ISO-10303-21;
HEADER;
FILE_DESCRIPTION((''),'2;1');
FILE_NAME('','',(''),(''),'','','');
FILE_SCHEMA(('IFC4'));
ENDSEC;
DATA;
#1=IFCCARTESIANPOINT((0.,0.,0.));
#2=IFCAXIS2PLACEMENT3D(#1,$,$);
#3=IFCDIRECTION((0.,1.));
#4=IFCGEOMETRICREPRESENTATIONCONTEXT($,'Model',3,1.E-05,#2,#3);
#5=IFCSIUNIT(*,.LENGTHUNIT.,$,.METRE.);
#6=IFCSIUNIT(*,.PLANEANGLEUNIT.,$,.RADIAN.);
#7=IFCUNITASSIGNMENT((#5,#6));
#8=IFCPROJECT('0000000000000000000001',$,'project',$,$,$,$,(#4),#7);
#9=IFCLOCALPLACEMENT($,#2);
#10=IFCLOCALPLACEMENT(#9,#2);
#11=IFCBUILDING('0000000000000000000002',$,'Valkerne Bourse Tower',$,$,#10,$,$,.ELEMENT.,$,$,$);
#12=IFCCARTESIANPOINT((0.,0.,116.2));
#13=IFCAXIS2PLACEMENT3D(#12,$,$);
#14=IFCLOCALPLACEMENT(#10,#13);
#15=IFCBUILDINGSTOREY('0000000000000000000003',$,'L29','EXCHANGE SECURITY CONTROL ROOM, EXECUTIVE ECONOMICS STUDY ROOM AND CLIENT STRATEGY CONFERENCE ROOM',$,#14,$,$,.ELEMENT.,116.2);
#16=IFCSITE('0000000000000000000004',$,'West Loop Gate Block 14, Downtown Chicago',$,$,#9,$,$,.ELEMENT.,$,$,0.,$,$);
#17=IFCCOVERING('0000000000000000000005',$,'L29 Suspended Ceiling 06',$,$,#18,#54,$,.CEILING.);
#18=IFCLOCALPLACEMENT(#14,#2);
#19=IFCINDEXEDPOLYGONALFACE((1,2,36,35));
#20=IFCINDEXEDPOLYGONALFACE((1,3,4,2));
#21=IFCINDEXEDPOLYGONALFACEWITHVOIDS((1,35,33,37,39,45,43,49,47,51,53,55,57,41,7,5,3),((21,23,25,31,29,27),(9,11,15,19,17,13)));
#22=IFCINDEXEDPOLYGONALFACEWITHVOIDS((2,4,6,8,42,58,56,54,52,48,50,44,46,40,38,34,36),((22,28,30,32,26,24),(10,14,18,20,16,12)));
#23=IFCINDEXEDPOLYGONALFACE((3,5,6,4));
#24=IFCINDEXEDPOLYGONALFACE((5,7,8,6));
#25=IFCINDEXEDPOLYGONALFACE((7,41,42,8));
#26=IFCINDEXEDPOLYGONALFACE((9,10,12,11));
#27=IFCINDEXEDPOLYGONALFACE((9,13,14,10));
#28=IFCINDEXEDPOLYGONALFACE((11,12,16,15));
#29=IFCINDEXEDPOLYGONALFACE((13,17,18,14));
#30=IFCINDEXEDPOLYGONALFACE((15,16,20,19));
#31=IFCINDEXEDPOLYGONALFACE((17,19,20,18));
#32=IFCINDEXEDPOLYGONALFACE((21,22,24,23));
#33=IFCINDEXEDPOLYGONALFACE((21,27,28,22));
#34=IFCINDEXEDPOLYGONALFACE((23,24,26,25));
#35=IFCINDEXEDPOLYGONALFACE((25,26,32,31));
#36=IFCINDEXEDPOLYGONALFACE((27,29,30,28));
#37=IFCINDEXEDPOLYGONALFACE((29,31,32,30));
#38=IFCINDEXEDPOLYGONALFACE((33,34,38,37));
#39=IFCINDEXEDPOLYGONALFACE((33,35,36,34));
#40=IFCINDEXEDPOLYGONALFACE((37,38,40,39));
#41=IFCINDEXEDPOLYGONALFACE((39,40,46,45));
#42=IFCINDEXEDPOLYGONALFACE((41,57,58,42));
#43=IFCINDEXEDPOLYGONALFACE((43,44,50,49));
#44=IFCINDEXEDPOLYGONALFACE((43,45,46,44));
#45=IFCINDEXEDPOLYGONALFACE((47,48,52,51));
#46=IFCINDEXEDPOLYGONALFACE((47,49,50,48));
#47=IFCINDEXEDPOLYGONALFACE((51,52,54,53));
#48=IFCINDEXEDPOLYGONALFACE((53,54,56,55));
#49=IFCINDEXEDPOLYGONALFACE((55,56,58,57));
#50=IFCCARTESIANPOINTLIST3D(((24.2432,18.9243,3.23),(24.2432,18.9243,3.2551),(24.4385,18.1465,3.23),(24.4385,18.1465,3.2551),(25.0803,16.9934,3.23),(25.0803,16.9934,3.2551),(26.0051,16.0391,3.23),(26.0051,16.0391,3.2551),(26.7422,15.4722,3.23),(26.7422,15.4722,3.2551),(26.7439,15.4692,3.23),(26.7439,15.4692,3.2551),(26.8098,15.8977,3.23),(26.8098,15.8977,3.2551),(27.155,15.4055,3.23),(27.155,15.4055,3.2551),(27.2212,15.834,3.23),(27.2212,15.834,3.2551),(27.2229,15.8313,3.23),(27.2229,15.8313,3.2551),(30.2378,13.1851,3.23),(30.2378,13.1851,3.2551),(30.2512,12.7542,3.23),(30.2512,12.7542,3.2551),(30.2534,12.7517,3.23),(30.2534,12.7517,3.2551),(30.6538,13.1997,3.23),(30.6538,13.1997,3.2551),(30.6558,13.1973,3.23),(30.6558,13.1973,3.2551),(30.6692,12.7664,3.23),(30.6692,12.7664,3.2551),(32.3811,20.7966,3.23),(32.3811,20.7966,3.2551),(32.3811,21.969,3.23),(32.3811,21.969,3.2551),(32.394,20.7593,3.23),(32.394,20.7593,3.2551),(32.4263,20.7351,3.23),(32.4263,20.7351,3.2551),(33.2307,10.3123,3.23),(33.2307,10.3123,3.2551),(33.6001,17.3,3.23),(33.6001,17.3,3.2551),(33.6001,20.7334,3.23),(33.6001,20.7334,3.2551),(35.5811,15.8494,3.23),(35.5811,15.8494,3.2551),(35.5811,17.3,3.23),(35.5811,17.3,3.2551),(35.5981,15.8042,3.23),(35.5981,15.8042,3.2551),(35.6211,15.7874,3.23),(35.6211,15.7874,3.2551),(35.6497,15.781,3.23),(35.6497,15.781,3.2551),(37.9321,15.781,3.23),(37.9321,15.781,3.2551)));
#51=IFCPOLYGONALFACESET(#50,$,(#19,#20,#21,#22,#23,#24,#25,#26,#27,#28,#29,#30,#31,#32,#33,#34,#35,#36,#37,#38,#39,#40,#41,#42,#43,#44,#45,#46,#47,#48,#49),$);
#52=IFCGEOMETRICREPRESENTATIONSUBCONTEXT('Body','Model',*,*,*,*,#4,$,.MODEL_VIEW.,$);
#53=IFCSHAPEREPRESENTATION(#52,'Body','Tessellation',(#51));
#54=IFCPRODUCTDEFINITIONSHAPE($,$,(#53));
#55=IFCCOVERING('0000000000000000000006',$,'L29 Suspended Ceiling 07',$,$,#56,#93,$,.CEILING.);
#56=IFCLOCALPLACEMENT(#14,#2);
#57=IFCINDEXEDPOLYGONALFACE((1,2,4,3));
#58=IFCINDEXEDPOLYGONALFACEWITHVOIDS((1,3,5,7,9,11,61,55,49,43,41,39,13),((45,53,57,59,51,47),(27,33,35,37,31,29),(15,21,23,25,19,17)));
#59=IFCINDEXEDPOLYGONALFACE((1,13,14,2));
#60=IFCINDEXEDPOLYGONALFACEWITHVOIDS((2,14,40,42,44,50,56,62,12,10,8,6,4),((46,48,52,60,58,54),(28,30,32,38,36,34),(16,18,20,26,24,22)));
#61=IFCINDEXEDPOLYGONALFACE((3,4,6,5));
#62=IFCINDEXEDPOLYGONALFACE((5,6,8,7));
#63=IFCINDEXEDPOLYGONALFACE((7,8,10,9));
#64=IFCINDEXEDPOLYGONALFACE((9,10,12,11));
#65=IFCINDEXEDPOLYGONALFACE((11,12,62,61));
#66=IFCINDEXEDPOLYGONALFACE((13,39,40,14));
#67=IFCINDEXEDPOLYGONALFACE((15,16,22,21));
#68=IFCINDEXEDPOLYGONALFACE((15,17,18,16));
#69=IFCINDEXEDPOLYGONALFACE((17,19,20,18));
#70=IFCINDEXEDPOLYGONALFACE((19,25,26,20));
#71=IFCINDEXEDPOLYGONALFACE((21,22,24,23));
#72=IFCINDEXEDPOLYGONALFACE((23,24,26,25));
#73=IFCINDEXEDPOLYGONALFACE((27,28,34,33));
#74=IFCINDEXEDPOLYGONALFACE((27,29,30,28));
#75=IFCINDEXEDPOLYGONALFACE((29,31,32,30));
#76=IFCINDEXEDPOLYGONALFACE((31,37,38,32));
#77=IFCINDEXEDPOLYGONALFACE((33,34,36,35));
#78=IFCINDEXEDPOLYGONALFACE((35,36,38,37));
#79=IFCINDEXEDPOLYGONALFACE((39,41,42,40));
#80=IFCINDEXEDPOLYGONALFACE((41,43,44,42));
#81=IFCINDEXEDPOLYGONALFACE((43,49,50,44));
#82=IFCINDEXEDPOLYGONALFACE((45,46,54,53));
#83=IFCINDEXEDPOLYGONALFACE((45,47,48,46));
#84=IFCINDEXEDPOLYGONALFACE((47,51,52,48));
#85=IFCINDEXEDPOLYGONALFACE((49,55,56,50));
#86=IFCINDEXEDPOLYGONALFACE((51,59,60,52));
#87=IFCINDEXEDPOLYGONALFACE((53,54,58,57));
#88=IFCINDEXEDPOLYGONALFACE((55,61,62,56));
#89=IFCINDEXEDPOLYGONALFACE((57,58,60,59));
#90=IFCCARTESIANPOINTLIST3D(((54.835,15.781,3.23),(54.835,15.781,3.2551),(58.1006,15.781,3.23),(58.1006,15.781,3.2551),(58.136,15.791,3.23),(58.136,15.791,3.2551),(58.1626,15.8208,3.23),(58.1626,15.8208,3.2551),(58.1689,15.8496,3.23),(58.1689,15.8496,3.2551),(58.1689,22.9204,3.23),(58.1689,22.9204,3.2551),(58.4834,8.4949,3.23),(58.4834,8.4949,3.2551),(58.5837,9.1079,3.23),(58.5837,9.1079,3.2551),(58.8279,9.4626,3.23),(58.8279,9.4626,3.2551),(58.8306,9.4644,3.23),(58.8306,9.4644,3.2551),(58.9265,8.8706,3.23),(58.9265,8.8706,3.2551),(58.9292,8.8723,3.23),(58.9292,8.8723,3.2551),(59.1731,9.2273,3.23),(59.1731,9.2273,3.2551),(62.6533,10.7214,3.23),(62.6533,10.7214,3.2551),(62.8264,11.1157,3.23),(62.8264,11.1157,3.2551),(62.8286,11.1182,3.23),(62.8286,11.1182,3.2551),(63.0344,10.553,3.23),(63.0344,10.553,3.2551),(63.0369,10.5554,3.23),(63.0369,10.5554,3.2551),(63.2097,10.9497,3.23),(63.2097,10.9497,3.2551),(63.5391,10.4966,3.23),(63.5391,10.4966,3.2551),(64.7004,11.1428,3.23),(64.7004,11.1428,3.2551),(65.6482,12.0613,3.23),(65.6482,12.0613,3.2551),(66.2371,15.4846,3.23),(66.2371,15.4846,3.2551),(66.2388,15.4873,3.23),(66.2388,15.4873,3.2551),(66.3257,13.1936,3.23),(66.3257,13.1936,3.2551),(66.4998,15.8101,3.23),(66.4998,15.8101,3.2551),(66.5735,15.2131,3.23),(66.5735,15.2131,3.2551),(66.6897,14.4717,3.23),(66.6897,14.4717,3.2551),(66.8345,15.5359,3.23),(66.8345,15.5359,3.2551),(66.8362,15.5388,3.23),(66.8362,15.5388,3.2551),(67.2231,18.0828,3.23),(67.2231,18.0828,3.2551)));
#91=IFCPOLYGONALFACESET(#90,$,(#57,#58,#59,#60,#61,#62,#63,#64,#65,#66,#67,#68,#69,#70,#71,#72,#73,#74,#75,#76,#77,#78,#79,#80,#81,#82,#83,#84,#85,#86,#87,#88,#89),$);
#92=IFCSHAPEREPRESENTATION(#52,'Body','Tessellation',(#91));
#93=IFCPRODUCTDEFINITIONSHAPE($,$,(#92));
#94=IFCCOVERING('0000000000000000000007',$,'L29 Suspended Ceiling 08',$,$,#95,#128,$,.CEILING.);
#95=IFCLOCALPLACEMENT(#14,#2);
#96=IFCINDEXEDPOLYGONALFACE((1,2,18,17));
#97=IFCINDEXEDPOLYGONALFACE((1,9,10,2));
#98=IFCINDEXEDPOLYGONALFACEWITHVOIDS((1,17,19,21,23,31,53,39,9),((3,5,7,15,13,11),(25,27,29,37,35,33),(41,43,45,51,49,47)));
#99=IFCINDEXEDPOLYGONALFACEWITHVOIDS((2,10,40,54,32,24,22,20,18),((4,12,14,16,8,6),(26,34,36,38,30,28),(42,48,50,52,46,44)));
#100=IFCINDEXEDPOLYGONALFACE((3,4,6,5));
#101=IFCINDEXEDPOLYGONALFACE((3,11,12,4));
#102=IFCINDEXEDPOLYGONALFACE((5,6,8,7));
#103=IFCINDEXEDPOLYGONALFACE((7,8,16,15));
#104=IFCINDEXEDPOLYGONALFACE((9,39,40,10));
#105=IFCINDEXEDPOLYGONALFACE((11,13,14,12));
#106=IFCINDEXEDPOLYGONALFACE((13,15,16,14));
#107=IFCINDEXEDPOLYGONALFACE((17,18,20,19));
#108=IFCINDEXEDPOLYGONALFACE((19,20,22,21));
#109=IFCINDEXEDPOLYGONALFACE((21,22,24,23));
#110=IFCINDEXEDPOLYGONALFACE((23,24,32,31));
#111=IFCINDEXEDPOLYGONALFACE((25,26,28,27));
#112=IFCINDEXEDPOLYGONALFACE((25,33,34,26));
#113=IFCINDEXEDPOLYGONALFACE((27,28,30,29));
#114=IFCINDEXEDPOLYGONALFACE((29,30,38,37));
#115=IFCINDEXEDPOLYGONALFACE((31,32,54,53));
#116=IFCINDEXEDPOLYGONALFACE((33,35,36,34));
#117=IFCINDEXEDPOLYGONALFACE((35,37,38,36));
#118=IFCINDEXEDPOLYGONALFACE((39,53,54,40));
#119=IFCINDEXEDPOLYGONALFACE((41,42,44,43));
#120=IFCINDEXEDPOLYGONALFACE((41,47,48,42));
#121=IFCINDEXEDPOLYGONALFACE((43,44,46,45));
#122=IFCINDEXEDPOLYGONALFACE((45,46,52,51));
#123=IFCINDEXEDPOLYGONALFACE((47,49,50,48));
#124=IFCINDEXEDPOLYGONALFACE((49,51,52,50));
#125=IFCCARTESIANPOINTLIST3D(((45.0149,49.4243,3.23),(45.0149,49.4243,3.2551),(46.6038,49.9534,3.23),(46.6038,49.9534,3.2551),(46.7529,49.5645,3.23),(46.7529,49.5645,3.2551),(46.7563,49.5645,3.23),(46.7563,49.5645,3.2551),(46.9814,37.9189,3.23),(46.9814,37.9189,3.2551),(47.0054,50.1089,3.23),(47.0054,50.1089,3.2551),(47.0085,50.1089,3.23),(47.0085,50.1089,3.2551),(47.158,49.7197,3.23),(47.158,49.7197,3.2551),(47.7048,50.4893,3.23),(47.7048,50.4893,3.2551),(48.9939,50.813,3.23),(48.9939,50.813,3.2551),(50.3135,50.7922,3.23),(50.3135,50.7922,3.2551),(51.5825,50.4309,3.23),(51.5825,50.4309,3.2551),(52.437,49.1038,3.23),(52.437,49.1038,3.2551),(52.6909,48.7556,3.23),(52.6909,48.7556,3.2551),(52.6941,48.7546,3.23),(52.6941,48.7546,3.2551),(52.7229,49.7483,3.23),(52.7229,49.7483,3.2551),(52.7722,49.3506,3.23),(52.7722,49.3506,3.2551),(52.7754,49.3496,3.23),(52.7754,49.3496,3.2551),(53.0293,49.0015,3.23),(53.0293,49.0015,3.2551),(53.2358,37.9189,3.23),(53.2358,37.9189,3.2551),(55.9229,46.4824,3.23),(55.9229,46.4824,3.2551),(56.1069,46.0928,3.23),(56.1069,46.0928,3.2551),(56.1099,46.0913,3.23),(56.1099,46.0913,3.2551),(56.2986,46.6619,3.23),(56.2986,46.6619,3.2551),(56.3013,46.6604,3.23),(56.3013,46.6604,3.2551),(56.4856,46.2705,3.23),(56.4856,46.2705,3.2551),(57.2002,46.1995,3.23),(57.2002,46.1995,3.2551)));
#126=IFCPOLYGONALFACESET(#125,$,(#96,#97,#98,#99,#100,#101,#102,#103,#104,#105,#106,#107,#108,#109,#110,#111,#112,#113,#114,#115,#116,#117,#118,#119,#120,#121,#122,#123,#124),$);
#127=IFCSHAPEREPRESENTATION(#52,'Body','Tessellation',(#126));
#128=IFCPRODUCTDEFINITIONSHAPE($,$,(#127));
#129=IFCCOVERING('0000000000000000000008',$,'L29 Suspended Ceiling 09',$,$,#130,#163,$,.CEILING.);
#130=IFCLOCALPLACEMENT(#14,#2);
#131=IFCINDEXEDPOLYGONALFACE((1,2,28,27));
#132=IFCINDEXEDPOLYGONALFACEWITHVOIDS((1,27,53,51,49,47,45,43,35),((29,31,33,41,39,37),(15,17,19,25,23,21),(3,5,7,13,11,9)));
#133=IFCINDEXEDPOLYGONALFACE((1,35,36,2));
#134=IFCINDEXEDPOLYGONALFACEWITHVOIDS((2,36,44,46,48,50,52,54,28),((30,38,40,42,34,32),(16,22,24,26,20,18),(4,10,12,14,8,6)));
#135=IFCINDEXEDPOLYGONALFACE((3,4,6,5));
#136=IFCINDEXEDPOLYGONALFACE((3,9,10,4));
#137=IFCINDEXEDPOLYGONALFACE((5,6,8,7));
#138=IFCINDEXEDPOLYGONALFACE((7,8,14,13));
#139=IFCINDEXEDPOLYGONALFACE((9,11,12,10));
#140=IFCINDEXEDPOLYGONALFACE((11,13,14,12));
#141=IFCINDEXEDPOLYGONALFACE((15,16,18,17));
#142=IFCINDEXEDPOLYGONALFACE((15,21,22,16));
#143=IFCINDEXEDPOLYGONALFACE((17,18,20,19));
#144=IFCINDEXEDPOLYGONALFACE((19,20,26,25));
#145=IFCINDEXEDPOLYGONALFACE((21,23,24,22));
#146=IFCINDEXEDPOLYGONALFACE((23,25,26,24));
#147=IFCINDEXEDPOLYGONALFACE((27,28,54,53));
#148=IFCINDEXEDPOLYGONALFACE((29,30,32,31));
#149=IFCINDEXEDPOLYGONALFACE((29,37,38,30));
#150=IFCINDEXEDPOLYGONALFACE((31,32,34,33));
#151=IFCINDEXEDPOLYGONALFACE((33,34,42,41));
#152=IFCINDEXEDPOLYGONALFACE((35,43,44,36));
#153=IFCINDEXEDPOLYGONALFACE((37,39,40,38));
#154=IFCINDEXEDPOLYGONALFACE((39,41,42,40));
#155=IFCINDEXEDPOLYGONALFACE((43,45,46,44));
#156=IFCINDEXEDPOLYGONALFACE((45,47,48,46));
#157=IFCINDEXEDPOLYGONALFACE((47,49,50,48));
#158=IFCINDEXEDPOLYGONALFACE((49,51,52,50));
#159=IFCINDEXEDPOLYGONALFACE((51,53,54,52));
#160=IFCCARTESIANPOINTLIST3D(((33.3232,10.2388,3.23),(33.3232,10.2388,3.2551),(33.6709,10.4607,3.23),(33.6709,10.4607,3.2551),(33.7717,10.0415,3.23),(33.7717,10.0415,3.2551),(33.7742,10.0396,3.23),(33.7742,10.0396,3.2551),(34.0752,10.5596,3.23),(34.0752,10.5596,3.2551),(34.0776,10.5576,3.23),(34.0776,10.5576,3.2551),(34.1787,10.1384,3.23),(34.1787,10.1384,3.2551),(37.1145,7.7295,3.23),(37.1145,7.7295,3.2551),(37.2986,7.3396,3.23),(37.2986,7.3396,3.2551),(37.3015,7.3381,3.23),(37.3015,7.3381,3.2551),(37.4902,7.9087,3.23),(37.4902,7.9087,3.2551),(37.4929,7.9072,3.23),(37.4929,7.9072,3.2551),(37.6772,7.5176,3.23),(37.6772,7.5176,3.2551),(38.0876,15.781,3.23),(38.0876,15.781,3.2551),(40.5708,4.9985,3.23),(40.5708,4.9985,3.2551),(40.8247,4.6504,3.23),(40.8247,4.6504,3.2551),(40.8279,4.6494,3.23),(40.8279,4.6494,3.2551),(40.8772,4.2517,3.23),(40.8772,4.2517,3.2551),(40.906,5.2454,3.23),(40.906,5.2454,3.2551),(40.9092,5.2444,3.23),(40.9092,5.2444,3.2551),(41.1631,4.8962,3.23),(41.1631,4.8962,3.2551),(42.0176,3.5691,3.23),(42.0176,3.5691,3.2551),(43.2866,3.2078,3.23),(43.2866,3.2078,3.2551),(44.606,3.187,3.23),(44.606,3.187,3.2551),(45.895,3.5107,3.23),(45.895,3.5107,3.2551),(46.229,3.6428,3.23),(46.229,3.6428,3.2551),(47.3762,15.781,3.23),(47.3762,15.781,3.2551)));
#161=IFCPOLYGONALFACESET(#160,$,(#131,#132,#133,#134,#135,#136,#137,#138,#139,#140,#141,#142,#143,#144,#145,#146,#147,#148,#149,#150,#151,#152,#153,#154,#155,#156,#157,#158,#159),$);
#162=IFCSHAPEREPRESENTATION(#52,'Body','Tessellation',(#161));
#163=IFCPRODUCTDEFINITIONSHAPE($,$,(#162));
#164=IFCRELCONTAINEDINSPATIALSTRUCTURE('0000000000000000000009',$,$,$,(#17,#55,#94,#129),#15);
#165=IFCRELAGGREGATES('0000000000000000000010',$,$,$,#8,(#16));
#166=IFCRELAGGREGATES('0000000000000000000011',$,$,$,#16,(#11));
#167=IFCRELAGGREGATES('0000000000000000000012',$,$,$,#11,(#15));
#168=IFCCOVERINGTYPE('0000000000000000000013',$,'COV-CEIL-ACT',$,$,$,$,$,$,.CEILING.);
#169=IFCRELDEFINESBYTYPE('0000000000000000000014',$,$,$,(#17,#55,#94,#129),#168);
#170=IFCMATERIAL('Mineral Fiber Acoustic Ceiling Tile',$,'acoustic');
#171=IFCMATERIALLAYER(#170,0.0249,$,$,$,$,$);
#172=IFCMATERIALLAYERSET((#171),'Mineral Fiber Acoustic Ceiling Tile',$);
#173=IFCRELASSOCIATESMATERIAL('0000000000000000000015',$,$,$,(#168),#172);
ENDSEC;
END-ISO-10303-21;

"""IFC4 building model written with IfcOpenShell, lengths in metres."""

from ifc_helpers import new_model, si_unit, direction, frame, origin, place, context, subcontext, project, spatial, polyline, outline, extrude, material, layer, layer_set, type_object, element, save


model = new_model("IFC4")

# Units and contexts
model_context = context("Model", 3, precision=1e-05, world=origin(), true_north=direction((0.0, 1.0)))
body_context = subcontext(model_context, "Body", "Model", "MODEL_VIEW")
ifc_project = project(units=[si_unit("LENGTHUNIT", "METRE"), si_unit("PLANEANGLEUNIT", "RADIAN")], contexts=[model_context])

# Site, building, storey
site_placement = place(None, origin())
site = spatial("IfcSite", under=ifc_project, at=site_placement, Name="West Loop Gate Block 14, Downtown Chicago", CompositionType="ELEMENT", RefElevation=0.0)
building_placement = place(site_placement, origin())
building = spatial("IfcBuilding", under=site, at=building_placement, Name="Valkerne Bourse Tower", CompositionType="ELEMENT")
storey_placement = place(building_placement, frame((0.0, 0.0, 116.2)))
storey = spatial("IfcBuildingStorey", under=building, at=storey_placement, Name="L29", Description="EXCHANGE SECURITY CONTROL ROOM, EXECUTIVE ECONOMICS STUDY ROOM AND CLIENT STRATEGY CONFERENCE ROOM", CompositionType="ELEMENT", Elevation=116.2)

# Coverings
ifc_material_1 = material(Name="Mineral Fiber Acoustic Ceiling Tile", Category="acoustic")
ifc_layer_1 = layer(ifc_material_1, 0.0249)
ifc_layer_set_1 = layer_set([ifc_layer_1], Name="Mineral Fiber Acoustic Ceiling Tile")
covering_type_1 = type_object("IfcCoveringType", Name="COV-CEIL-ACT", PredefinedType="CEILING", material=ifc_layer_set_1)
covering_1_placement = place(storey_placement, frame((0.0, 0.0, 3.23)))
element("IfcCovering", 1, at=covering_1_placement, inside=storey, type_object=covering_type_1, Name="L29 Suspended Ceiling 06", PredefinedType="CEILING", context=body_context, shape_type="SweptSolid", body=[
    extrude(outline(polyline([(24.4385, 18.1465), (24.2432, 18.9243), (32.3811, 21.969), (32.3811, 20.7966), (32.394, 20.7593), (32.4263, 20.7351), (33.6001, 20.7334), (33.6001, 17.3), (35.5811, 17.3), (35.5811, 15.8494), (35.5981, 15.8042), (35.6211, 15.7874), (35.6497, 15.781), (37.9321, 15.781), (33.2307, 10.3123), (26.0051, 16.0391), (25.0803, 16.9934), (24.4385, 18.1465)]), holes=[polyline([(30.6692, 12.7664), (30.6558, 13.1973), (30.6538, 13.1997), (30.2378, 13.1851), (30.2512, 12.7542), (30.2534, 12.7517), (30.6692, 12.7664)]), polyline([(27.2229, 15.8313), (27.2212, 15.834), (26.8098, 15.8977), (26.7422, 15.4722), (26.7439, 15.4692), (27.155, 15.4055), (27.2229, 15.8313)])]), origin(), (0.0, 0.0, 1.0), 0.0251),
])
covering_2_placement = place(storey_placement, frame((0.0, 0.0, 3.23)))
element("IfcCovering", 2, at=covering_2_placement, inside=storey, type_object=covering_type_1, Name="L29 Suspended Ceiling 07", PredefinedType="CEILING", context=body_context, shape_type="SweptSolid", body=[
    extrude(outline(polyline([(64.7004, 11.1428), (63.5391, 10.4966), (58.4834, 8.4949), (54.835, 15.781), (58.1006, 15.781), (58.136, 15.791), (58.1626, 15.8208), (58.1689, 15.8496), (58.1689, 22.9204), (67.2231, 18.0828), (66.6897, 14.4717), (66.3257, 13.1936), (65.6482, 12.0613), (64.7004, 11.1428)]), holes=[polyline([(58.9292, 8.8723), (59.1731, 9.2273), (58.8306, 9.4644), (58.8279, 9.4626), (58.5837, 9.1079), (58.9265, 8.8706), (58.9292, 8.8723)]), polyline([(63.0369, 10.5554), (63.2097, 10.9497), (62.8286, 11.1182), (62.8264, 11.1157), (62.6533, 10.7214), (63.0344, 10.553), (63.0369, 10.5554)]), polyline([(66.8362, 15.5388), (66.4998, 15.8101), (66.2388, 15.4873), (66.2371, 15.4846), (66.5735, 15.2131), (66.8345, 15.5359), (66.8362, 15.5388)])]), origin(), (0.0, 0.0, 1.0), 0.0251),
])
covering_3_placement = place(storey_placement, frame((0.0, 0.0, 3.23)))
element("IfcCovering", 3, at=covering_3_placement, inside=storey, type_object=covering_type_1, Name="L29 Suspended Ceiling 08", PredefinedType="CEILING", context=body_context, shape_type="SweptSolid", body=[
    extrude(outline(polyline([(50.3135, 50.7922), (51.5825, 50.4309), (52.7229, 49.7483), (57.2002, 46.1995), (53.2358, 37.9189), (46.9814, 37.9189), (45.0149, 49.4243), (47.7048, 50.4893), (48.9939, 50.813), (50.3135, 50.7922)]), holes=[polyline([(52.7754, 49.3496), (52.7722, 49.3506), (52.437, 49.1038), (52.6909, 48.7556), (52.6941, 48.7546), (53.0293, 49.0015), (52.7754, 49.3496)]), polyline([(47.0085, 50.1089), (47.0054, 50.1089), (46.6038, 49.9534), (46.7529, 49.5645), (46.7563, 49.5645), (47.158, 49.7197), (47.0085, 50.1089)]), polyline([(56.4856, 46.2705), (56.3013, 46.6604), (56.2986, 46.6619), (55.9229, 46.4824), (56.1069, 46.0928), (56.1099, 46.0913), (56.4856, 46.2705)])]), origin(), (0.0, 0.0, 1.0), 0.0251),
])
covering_4_placement = place(storey_placement, frame((0.0, 0.0, 3.23)))
element("IfcCovering", 4, at=covering_4_placement, inside=storey, type_object=covering_type_1, Name="L29 Suspended Ceiling 09", PredefinedType="CEILING", context=body_context, shape_type="SweptSolid", body=[
    extrude(outline(polyline([(43.2866, 3.2078), (42.0176, 3.5691), (40.8772, 4.2517), (33.3232, 10.2388), (38.0876, 15.781), (47.3762, 15.781), (46.229, 3.6428), (45.895, 3.5107), (44.606, 3.187), (43.2866, 3.2078)]), holes=[polyline([(37.4929, 7.9072), (37.4902, 7.9087), (37.1145, 7.7295), (37.2986, 7.3396), (37.3015, 7.3381), (37.6772, 7.5176), (37.4929, 7.9072)]), polyline([(34.0776, 10.5576), (34.0752, 10.5596), (33.6709, 10.4607), (33.7717, 10.0415), (33.7742, 10.0396), (34.1787, 10.1384), (34.0776, 10.5576)]), polyline([(40.9092, 5.2444), (40.906, 5.2454), (40.5708, 4.9985), (40.8247, 4.6504), (40.8279, 4.6494), (41.1631, 4.8962), (40.9092, 5.2444)])]), origin(), (0.0, 0.0, 1.0), 0.0251),
])

save(model, "model.ifc")
